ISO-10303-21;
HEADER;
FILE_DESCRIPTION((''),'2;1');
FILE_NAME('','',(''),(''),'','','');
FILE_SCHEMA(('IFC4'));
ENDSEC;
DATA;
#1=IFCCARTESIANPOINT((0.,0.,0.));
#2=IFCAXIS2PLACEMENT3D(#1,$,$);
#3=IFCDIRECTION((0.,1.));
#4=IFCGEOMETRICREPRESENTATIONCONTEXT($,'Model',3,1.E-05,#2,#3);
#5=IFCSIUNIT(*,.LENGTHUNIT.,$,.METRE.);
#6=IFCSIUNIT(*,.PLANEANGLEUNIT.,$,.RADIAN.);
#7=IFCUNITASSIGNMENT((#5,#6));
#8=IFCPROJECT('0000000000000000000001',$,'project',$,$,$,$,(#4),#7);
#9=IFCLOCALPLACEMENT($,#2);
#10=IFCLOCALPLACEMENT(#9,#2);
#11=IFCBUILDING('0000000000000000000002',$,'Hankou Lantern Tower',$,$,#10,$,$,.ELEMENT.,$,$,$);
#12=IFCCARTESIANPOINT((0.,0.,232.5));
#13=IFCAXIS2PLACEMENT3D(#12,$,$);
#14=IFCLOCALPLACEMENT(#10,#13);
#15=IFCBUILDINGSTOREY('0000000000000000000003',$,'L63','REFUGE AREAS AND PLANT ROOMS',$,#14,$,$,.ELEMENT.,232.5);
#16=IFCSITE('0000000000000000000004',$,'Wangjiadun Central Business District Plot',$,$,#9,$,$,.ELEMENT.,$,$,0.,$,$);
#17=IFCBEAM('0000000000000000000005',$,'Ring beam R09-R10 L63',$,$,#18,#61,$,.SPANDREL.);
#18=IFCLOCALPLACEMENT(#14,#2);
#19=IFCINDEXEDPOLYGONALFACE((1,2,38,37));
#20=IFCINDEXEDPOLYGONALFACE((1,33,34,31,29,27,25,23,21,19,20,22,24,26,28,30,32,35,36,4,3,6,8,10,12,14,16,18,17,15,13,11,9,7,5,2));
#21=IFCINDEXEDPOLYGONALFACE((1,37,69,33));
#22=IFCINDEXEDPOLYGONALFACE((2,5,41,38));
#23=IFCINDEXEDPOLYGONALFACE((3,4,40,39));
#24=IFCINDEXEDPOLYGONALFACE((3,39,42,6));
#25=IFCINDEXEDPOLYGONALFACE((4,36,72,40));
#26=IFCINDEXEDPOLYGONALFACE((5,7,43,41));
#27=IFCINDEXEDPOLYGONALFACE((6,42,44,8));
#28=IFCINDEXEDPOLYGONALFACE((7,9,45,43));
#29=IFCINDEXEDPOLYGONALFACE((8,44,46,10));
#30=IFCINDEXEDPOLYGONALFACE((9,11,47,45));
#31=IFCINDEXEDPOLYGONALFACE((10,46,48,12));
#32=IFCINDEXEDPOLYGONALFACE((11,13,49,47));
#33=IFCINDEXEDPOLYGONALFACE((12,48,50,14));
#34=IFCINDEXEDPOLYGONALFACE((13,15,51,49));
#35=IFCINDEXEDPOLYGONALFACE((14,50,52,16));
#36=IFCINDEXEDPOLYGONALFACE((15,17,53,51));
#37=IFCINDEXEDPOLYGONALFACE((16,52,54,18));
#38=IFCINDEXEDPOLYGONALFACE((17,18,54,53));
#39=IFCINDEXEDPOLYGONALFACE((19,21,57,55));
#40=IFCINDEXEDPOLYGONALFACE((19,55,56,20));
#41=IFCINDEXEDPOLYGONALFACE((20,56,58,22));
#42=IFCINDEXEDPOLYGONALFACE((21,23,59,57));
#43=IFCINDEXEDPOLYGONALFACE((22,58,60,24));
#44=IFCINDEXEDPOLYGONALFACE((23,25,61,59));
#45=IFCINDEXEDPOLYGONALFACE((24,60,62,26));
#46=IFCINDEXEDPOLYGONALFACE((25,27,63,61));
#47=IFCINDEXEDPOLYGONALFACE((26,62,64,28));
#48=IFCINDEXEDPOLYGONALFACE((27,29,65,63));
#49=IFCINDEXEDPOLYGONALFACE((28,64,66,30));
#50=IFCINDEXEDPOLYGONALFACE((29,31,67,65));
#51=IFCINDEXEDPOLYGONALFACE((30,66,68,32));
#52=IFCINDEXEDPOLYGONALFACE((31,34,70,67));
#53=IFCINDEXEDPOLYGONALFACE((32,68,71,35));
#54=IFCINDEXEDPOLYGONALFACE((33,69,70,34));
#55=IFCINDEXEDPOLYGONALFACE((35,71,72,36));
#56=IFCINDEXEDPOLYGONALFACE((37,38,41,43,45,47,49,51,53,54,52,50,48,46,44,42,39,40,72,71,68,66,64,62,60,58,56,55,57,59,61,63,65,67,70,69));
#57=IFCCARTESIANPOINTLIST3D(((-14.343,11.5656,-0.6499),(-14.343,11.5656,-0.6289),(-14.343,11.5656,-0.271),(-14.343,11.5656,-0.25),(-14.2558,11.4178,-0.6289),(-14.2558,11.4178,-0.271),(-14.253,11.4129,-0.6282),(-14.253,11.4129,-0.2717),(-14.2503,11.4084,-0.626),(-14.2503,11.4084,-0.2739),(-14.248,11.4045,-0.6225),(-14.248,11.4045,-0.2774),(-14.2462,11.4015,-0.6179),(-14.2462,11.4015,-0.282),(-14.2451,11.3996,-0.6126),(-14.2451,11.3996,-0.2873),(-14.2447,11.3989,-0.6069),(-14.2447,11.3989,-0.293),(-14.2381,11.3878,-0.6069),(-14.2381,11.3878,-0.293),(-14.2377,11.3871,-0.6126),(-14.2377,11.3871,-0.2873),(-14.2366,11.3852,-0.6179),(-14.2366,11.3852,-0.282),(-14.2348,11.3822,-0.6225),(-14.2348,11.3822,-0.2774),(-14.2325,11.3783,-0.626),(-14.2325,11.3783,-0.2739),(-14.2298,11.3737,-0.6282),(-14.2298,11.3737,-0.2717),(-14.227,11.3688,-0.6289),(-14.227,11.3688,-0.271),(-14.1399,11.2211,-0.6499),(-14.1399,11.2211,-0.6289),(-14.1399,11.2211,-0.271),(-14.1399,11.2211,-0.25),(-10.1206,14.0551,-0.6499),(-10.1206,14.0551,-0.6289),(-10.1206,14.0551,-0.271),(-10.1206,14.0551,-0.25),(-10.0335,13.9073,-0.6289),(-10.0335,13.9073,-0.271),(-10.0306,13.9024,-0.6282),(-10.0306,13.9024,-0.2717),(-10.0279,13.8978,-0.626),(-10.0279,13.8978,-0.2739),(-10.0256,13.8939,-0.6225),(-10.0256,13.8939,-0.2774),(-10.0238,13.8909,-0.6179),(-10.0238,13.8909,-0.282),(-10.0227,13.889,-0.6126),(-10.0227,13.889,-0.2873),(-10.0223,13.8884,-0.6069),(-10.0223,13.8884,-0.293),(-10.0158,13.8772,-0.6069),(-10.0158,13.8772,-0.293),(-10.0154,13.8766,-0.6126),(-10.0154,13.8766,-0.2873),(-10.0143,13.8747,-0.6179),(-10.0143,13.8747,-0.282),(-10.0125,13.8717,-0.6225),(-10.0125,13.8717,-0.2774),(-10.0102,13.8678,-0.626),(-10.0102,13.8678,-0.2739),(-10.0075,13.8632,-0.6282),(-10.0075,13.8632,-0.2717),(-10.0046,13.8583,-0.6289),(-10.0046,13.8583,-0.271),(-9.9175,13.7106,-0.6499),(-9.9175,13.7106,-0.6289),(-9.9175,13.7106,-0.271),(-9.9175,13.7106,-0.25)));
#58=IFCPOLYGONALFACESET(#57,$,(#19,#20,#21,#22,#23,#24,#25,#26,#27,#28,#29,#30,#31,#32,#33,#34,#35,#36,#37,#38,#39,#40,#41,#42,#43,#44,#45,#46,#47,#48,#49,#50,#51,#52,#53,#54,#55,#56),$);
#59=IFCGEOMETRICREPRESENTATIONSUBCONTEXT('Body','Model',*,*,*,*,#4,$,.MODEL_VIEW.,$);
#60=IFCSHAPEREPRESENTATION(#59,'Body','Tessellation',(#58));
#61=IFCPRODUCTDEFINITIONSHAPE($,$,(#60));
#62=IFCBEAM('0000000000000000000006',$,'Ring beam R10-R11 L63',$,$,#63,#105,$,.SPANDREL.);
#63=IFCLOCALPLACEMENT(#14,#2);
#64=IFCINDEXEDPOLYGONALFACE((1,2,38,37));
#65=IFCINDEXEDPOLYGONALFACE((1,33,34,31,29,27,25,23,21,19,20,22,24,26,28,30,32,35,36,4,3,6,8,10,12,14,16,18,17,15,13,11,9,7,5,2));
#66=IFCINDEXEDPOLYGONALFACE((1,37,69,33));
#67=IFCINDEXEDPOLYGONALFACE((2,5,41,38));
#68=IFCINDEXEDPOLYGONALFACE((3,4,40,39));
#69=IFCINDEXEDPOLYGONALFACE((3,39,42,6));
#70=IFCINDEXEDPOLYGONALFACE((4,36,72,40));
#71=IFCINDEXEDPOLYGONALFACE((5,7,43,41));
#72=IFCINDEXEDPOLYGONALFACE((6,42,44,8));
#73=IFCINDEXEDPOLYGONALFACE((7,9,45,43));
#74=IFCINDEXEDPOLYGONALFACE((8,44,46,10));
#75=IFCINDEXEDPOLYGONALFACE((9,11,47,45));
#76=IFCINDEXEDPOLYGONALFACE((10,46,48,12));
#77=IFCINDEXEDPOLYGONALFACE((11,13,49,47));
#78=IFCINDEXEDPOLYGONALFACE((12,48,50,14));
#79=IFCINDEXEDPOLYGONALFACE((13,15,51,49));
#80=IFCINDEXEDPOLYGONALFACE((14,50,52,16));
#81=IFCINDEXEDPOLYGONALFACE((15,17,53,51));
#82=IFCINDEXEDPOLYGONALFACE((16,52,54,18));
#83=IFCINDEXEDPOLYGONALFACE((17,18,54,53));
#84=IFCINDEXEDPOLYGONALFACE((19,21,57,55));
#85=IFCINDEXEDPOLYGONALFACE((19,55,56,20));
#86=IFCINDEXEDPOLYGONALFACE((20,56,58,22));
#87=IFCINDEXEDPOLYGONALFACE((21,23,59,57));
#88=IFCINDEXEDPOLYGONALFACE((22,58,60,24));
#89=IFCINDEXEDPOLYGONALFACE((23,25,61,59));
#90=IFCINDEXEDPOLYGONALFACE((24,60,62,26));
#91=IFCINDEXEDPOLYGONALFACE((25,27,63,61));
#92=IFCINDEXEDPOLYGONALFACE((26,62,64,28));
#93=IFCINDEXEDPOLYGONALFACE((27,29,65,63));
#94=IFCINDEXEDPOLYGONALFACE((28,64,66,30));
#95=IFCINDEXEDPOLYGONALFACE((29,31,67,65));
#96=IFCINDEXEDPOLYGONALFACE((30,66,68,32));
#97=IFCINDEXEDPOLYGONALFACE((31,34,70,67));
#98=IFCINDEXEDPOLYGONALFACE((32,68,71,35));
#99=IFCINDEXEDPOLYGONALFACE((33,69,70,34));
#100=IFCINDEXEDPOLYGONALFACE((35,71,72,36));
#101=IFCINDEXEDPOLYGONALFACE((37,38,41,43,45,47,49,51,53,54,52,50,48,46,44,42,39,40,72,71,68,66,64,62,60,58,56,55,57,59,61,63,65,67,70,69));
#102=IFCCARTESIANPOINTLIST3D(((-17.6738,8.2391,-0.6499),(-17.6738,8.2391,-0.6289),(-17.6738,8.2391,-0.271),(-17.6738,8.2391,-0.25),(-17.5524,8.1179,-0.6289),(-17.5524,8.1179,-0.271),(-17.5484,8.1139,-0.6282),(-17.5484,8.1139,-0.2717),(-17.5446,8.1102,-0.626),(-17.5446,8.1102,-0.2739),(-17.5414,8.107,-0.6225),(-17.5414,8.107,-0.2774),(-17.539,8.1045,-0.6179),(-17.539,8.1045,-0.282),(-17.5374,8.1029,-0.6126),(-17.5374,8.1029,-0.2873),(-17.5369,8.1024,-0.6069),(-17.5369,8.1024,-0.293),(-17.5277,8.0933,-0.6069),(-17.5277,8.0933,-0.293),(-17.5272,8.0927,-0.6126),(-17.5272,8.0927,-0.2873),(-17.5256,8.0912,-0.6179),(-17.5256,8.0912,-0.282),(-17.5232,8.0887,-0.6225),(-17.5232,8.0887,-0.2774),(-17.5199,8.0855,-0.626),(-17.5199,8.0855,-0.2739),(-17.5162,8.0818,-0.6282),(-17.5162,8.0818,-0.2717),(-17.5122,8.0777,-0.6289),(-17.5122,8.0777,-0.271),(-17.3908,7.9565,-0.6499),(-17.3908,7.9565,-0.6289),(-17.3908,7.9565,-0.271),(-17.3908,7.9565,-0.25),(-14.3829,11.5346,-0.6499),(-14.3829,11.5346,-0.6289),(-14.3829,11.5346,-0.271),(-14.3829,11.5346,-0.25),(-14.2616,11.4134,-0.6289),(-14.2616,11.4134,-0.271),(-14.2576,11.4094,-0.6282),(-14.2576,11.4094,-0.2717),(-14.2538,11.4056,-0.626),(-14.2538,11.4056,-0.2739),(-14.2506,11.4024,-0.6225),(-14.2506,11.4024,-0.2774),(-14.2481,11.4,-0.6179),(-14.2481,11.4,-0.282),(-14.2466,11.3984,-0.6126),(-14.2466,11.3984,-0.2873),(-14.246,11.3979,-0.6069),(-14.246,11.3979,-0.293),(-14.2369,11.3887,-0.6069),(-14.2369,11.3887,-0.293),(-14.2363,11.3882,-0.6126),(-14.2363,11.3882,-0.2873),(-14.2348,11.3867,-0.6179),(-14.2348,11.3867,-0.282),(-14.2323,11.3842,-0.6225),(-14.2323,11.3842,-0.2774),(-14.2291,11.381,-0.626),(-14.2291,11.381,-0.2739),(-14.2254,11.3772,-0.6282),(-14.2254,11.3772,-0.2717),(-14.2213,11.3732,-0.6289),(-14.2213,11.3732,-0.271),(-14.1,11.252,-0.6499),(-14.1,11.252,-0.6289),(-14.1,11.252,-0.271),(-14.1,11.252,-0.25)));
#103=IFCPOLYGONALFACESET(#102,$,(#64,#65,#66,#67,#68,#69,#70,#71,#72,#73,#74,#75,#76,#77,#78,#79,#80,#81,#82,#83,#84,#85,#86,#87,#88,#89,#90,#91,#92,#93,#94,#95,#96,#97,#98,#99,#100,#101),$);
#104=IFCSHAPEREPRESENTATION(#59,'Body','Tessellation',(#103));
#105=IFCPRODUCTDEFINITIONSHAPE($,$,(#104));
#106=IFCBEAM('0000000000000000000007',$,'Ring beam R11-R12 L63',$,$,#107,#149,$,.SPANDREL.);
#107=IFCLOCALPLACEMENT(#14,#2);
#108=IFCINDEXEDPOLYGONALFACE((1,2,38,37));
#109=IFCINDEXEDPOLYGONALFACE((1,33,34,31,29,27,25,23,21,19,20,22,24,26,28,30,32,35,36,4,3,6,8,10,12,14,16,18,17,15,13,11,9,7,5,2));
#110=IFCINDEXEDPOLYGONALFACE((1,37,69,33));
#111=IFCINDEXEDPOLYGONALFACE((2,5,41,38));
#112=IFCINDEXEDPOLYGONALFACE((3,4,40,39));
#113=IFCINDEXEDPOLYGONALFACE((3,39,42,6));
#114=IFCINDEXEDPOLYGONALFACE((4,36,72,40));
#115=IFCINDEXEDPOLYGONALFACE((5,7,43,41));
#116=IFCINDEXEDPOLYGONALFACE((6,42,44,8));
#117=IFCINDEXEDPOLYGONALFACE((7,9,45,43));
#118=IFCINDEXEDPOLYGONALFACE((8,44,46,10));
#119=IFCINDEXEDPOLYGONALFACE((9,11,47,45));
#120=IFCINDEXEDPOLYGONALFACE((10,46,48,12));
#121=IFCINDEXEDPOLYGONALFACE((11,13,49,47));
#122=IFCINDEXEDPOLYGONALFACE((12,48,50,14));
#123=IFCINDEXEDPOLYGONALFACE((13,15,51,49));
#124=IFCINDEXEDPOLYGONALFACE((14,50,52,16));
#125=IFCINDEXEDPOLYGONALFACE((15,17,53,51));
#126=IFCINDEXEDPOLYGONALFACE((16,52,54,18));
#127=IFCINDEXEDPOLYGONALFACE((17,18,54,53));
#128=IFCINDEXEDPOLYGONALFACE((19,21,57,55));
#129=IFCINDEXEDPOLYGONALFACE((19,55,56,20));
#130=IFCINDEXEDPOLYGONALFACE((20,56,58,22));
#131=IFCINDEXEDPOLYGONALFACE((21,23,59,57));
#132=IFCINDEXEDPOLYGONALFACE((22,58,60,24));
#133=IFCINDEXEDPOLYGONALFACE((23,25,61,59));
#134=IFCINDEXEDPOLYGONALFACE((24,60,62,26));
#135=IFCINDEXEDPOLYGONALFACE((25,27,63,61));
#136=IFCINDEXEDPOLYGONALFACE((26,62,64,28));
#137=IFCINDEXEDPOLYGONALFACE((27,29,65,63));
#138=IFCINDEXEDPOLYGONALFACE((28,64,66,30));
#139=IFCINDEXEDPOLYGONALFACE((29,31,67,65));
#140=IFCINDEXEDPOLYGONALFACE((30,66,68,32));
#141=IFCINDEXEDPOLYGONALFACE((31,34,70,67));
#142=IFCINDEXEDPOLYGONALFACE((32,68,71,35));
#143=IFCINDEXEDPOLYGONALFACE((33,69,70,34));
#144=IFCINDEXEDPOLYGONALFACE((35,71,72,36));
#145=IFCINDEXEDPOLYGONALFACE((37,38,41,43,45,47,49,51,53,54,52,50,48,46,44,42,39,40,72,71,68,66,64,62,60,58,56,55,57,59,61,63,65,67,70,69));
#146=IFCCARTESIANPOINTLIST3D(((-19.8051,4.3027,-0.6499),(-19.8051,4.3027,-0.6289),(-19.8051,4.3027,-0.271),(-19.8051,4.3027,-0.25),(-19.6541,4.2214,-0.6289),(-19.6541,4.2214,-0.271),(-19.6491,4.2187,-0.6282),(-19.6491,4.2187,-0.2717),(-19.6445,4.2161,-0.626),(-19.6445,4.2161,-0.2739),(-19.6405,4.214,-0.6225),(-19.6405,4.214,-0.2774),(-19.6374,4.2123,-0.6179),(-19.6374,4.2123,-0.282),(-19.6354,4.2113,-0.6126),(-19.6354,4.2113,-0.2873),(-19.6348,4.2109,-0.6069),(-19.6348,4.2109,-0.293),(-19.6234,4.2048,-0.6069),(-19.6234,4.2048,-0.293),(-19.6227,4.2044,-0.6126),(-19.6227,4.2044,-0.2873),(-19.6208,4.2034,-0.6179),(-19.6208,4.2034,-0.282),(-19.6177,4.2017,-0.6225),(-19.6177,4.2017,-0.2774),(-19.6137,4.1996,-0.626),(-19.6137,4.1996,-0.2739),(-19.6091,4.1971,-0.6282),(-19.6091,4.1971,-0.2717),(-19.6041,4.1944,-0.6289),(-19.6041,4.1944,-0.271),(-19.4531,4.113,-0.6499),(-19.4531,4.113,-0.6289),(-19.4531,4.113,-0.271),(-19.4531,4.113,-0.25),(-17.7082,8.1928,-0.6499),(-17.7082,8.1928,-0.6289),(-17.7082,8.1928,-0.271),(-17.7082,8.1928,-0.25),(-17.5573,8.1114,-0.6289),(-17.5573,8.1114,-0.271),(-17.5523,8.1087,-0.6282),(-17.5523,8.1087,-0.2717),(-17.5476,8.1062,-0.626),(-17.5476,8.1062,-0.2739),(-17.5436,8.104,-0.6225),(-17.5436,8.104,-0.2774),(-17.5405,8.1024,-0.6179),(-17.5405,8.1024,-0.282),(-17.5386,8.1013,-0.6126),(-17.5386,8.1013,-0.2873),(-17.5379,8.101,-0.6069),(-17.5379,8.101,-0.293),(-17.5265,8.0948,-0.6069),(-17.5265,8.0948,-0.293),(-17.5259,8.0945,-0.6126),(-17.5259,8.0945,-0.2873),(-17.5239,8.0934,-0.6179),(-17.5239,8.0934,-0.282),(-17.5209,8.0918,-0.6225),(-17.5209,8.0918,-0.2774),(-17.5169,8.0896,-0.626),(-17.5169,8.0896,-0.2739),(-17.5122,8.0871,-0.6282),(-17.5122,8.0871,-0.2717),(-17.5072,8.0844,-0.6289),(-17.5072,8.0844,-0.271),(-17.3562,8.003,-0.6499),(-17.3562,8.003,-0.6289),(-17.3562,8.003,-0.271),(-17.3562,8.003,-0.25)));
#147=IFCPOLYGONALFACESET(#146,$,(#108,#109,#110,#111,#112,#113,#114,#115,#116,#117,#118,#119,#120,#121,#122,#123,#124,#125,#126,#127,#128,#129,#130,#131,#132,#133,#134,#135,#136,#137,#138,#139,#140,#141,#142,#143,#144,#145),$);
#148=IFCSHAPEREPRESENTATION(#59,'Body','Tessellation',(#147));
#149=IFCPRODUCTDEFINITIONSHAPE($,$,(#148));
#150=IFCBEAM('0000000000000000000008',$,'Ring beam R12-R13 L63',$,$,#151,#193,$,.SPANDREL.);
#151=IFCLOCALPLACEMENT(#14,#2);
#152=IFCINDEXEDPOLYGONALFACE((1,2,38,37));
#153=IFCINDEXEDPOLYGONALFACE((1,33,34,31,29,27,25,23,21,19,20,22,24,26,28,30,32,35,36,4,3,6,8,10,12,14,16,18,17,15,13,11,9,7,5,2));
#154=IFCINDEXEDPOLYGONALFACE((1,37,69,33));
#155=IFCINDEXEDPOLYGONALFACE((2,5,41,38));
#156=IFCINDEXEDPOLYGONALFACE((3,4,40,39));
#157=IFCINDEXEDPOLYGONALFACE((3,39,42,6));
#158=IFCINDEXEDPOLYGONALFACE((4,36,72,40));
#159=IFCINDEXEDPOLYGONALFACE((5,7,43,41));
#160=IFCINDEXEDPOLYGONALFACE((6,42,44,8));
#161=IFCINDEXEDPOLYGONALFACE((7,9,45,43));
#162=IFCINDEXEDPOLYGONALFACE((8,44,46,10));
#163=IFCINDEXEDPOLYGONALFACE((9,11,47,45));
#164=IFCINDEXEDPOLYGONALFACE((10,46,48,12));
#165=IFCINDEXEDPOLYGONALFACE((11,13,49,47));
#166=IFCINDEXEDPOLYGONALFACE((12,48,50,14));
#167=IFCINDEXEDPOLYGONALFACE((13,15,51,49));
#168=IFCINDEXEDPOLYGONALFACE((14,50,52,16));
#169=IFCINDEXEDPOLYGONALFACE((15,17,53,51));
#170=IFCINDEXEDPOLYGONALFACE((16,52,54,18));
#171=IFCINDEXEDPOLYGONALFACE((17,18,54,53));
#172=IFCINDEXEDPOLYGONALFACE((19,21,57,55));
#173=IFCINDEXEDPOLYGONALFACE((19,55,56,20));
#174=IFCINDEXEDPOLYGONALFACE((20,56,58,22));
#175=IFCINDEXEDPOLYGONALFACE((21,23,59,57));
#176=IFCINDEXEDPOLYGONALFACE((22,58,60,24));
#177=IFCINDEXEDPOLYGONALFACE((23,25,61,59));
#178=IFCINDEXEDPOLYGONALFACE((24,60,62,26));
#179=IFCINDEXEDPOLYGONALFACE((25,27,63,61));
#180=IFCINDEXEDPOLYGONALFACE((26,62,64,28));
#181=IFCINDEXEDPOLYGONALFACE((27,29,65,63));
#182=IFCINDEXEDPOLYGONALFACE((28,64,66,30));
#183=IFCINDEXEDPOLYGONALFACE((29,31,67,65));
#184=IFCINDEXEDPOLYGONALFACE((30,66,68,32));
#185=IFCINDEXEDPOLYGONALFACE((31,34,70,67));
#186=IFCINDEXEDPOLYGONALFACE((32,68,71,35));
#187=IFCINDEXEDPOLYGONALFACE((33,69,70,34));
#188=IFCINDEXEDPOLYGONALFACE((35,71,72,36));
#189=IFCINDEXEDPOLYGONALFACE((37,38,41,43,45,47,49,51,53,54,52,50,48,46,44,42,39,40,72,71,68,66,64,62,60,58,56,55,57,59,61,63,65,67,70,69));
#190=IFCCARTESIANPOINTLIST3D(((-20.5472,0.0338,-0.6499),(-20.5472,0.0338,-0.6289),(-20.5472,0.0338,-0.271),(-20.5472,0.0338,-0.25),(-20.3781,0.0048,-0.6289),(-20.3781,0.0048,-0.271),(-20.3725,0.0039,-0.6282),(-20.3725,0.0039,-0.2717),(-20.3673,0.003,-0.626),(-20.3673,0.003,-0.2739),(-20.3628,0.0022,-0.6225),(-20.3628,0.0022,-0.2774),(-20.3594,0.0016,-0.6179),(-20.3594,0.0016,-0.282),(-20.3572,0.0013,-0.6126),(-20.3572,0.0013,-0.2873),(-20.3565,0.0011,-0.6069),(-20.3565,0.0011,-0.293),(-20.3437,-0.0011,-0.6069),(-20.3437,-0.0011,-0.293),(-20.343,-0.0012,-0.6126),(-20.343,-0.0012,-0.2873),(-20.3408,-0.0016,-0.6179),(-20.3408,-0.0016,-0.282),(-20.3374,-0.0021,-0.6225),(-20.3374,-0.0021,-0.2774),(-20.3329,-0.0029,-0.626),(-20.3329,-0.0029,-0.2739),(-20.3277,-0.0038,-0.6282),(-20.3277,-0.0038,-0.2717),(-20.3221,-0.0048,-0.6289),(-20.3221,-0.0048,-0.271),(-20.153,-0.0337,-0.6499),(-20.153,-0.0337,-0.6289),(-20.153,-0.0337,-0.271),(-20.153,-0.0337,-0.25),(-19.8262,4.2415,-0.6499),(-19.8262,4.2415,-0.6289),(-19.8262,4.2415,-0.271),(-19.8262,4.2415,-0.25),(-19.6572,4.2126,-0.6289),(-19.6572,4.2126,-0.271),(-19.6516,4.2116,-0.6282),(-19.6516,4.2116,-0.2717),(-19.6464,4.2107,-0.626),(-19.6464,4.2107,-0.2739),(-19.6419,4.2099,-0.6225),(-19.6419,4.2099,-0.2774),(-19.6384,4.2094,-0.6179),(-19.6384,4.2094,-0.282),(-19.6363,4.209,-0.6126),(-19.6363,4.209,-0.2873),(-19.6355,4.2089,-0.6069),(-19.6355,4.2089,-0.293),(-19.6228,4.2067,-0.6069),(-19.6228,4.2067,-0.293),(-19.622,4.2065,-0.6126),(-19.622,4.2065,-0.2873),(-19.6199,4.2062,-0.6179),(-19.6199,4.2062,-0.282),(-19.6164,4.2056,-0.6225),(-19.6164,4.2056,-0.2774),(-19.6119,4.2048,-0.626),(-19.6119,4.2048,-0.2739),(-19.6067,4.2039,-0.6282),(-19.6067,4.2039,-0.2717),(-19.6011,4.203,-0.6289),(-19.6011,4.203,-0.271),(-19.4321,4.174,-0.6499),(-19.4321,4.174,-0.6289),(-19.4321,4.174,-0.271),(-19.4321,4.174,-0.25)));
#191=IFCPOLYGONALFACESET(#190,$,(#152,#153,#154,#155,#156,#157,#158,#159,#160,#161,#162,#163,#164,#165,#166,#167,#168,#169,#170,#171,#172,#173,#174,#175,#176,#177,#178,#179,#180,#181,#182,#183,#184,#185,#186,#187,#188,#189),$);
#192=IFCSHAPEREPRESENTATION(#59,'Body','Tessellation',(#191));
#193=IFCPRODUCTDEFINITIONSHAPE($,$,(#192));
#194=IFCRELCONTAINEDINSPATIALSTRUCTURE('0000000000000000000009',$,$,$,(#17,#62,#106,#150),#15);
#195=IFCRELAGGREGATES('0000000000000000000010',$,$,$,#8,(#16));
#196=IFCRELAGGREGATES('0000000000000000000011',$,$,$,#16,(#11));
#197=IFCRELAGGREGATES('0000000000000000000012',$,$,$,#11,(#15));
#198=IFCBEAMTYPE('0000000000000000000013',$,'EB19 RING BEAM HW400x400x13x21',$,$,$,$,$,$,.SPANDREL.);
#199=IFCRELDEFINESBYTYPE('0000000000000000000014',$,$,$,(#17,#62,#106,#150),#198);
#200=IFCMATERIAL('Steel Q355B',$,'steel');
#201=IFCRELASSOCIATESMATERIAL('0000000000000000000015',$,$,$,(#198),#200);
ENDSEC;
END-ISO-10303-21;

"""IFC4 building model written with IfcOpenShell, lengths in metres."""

from ifc_helpers import new_model, si_unit, direction, frame, origin, origin_2d, place, context, subcontext, project, spatial, i_section, extrude, material, material_profile, profile_set, type_object, element, save


model = new_model("IFC4")

# Units and contexts
model_context = context("Model", 3, precision=1e-05, world=origin(), true_north=direction((0.0, 1.0)))
body_context = subcontext(model_context, "Body", "Model", "MODEL_VIEW")
ifc_project = project(units=[si_unit("LENGTHUNIT", "METRE"), si_unit("PLANEANGLEUNIT", "RADIAN")], contexts=[model_context])

# Site, building, storey
site_placement = place(None, origin())
site = spatial("IfcSite", under=ifc_project, at=site_placement, Name="Wangjiadun Central Business District Plot", CompositionType="ELEMENT", RefElevation=0.0)
building_placement = place(site_placement, origin())
building = spatial("IfcBuilding", under=site, at=building_placement, Name="Hankou Lantern Tower", CompositionType="ELEMENT")
storey_placement = place(building_placement, frame((0.0, 0.0, 232.5)))
storey = spatial("IfcBuildingStorey", under=building, at=storey_placement, Name="L63", Description="REFUGE AREAS AND PLANT ROOMS", CompositionType="ELEMENT", Elevation=232.5)

# Beams
ifc_material_1 = material(Name="Steel Q355B", Category="steel")
ifc_material_profile_1 = material_profile(ifc_material_1, i_section(OverallWidth=0.3999, OverallDepth=0.3999, WebThickness=0.0129, FlangeThickness=0.021, FilletRadius=0.022, at=origin_2d()), Name="HW400x400x13x21")
ifc_profile_set_1 = profile_set([ifc_material_profile_1], Name="Steel Q355B")
beam_type_1 = type_object("IfcBeamType", Name="EB19 RING BEAM HW400x400x13x21", PredefinedType="SPANDREL", material=ifc_profile_set_1)
beam_1_placement = place(storey_placement, frame((-10.019, 13.8828, -0.45), z_axis=(-0.861423, -0.507888, 0.0), x_axis=(0.507888, -0.861423, 0.0)))
element("IfcBeam", 1, at=beam_1_placement, inside=storey, type_object=beam_type_1, Name="Ring beam R09-R10 L63", PredefinedType="SPANDREL", context=body_context, shape_type="SweptSolid", body=[
    extrude(i_section(OverallWidth=0.3999, OverallDepth=0.3999, WebThickness=0.0129, FlangeThickness=0.021, FilletRadius=0.022, at=origin_2d()), origin(), (0.0, 0.0, 1.0), 4.9016),
])
beam_2_placement = place(storey_placement, frame((-14.2415, 11.3933, -0.45), z_axis=(-0.706609, -0.707605, 0.0), x_axis=(0.707605, -0.706609, 0.0)))
element("IfcBeam", 2, at=beam_2_placement, inside=storey, type_object=beam_type_1, Name="Ring beam R10-R11 L63", PredefinedType="SPANDREL", context=body_context, shape_type="SweptSolid", body=[
    extrude(i_section(OverallWidth=0.3999, OverallDepth=0.3999, WebThickness=0.0129, FlangeThickness=0.021, FilletRadius=0.022, at=origin_2d()), origin(), (0.0, 0.0, 1.0), 4.6572),
])
beam_3_placement = place(storey_placement, frame((-17.5322, 8.0979, -0.45), z_axis=(-0.474492, -0.88026, 0.0), x_axis=(0.88026, -0.474492, 0.0)))
element("IfcBeam", 3, at=beam_3_placement, inside=storey, type_object=beam_type_1, Name="Ring beam R11-R12 L63", PredefinedType="SPANDREL", context=body_context, shape_type="SweptSolid", body=[
    extrude(i_section(OverallWidth=0.3999, OverallDepth=0.3999, WebThickness=0.0129, FlangeThickness=0.021, FilletRadius=0.022, at=origin_2d()), origin(), (0.0, 0.0, 1.0), 4.4192),
])
beam_4_placement = place(storey_placement, frame((-19.6292, 4.2078, -0.45), z_axis=(-0.168877, -0.985637, 0.0), x_axis=(0.985637, -0.168877, 0.0)))
element("IfcBeam", 4, at=beam_4_placement, inside=storey, type_object=beam_type_1, Name="Ring beam R12-R13 L63", PredefinedType="SPANDREL", context=body_context, shape_type="SweptSolid", body=[
    extrude(i_section(OverallWidth=0.3999, OverallDepth=0.3999, WebThickness=0.0129, FlangeThickness=0.021, FilletRadius=0.022, at=origin_2d()), origin(), (0.0, 0.0, 1.0), 4.269),
])

save(model, "model.ifc")
